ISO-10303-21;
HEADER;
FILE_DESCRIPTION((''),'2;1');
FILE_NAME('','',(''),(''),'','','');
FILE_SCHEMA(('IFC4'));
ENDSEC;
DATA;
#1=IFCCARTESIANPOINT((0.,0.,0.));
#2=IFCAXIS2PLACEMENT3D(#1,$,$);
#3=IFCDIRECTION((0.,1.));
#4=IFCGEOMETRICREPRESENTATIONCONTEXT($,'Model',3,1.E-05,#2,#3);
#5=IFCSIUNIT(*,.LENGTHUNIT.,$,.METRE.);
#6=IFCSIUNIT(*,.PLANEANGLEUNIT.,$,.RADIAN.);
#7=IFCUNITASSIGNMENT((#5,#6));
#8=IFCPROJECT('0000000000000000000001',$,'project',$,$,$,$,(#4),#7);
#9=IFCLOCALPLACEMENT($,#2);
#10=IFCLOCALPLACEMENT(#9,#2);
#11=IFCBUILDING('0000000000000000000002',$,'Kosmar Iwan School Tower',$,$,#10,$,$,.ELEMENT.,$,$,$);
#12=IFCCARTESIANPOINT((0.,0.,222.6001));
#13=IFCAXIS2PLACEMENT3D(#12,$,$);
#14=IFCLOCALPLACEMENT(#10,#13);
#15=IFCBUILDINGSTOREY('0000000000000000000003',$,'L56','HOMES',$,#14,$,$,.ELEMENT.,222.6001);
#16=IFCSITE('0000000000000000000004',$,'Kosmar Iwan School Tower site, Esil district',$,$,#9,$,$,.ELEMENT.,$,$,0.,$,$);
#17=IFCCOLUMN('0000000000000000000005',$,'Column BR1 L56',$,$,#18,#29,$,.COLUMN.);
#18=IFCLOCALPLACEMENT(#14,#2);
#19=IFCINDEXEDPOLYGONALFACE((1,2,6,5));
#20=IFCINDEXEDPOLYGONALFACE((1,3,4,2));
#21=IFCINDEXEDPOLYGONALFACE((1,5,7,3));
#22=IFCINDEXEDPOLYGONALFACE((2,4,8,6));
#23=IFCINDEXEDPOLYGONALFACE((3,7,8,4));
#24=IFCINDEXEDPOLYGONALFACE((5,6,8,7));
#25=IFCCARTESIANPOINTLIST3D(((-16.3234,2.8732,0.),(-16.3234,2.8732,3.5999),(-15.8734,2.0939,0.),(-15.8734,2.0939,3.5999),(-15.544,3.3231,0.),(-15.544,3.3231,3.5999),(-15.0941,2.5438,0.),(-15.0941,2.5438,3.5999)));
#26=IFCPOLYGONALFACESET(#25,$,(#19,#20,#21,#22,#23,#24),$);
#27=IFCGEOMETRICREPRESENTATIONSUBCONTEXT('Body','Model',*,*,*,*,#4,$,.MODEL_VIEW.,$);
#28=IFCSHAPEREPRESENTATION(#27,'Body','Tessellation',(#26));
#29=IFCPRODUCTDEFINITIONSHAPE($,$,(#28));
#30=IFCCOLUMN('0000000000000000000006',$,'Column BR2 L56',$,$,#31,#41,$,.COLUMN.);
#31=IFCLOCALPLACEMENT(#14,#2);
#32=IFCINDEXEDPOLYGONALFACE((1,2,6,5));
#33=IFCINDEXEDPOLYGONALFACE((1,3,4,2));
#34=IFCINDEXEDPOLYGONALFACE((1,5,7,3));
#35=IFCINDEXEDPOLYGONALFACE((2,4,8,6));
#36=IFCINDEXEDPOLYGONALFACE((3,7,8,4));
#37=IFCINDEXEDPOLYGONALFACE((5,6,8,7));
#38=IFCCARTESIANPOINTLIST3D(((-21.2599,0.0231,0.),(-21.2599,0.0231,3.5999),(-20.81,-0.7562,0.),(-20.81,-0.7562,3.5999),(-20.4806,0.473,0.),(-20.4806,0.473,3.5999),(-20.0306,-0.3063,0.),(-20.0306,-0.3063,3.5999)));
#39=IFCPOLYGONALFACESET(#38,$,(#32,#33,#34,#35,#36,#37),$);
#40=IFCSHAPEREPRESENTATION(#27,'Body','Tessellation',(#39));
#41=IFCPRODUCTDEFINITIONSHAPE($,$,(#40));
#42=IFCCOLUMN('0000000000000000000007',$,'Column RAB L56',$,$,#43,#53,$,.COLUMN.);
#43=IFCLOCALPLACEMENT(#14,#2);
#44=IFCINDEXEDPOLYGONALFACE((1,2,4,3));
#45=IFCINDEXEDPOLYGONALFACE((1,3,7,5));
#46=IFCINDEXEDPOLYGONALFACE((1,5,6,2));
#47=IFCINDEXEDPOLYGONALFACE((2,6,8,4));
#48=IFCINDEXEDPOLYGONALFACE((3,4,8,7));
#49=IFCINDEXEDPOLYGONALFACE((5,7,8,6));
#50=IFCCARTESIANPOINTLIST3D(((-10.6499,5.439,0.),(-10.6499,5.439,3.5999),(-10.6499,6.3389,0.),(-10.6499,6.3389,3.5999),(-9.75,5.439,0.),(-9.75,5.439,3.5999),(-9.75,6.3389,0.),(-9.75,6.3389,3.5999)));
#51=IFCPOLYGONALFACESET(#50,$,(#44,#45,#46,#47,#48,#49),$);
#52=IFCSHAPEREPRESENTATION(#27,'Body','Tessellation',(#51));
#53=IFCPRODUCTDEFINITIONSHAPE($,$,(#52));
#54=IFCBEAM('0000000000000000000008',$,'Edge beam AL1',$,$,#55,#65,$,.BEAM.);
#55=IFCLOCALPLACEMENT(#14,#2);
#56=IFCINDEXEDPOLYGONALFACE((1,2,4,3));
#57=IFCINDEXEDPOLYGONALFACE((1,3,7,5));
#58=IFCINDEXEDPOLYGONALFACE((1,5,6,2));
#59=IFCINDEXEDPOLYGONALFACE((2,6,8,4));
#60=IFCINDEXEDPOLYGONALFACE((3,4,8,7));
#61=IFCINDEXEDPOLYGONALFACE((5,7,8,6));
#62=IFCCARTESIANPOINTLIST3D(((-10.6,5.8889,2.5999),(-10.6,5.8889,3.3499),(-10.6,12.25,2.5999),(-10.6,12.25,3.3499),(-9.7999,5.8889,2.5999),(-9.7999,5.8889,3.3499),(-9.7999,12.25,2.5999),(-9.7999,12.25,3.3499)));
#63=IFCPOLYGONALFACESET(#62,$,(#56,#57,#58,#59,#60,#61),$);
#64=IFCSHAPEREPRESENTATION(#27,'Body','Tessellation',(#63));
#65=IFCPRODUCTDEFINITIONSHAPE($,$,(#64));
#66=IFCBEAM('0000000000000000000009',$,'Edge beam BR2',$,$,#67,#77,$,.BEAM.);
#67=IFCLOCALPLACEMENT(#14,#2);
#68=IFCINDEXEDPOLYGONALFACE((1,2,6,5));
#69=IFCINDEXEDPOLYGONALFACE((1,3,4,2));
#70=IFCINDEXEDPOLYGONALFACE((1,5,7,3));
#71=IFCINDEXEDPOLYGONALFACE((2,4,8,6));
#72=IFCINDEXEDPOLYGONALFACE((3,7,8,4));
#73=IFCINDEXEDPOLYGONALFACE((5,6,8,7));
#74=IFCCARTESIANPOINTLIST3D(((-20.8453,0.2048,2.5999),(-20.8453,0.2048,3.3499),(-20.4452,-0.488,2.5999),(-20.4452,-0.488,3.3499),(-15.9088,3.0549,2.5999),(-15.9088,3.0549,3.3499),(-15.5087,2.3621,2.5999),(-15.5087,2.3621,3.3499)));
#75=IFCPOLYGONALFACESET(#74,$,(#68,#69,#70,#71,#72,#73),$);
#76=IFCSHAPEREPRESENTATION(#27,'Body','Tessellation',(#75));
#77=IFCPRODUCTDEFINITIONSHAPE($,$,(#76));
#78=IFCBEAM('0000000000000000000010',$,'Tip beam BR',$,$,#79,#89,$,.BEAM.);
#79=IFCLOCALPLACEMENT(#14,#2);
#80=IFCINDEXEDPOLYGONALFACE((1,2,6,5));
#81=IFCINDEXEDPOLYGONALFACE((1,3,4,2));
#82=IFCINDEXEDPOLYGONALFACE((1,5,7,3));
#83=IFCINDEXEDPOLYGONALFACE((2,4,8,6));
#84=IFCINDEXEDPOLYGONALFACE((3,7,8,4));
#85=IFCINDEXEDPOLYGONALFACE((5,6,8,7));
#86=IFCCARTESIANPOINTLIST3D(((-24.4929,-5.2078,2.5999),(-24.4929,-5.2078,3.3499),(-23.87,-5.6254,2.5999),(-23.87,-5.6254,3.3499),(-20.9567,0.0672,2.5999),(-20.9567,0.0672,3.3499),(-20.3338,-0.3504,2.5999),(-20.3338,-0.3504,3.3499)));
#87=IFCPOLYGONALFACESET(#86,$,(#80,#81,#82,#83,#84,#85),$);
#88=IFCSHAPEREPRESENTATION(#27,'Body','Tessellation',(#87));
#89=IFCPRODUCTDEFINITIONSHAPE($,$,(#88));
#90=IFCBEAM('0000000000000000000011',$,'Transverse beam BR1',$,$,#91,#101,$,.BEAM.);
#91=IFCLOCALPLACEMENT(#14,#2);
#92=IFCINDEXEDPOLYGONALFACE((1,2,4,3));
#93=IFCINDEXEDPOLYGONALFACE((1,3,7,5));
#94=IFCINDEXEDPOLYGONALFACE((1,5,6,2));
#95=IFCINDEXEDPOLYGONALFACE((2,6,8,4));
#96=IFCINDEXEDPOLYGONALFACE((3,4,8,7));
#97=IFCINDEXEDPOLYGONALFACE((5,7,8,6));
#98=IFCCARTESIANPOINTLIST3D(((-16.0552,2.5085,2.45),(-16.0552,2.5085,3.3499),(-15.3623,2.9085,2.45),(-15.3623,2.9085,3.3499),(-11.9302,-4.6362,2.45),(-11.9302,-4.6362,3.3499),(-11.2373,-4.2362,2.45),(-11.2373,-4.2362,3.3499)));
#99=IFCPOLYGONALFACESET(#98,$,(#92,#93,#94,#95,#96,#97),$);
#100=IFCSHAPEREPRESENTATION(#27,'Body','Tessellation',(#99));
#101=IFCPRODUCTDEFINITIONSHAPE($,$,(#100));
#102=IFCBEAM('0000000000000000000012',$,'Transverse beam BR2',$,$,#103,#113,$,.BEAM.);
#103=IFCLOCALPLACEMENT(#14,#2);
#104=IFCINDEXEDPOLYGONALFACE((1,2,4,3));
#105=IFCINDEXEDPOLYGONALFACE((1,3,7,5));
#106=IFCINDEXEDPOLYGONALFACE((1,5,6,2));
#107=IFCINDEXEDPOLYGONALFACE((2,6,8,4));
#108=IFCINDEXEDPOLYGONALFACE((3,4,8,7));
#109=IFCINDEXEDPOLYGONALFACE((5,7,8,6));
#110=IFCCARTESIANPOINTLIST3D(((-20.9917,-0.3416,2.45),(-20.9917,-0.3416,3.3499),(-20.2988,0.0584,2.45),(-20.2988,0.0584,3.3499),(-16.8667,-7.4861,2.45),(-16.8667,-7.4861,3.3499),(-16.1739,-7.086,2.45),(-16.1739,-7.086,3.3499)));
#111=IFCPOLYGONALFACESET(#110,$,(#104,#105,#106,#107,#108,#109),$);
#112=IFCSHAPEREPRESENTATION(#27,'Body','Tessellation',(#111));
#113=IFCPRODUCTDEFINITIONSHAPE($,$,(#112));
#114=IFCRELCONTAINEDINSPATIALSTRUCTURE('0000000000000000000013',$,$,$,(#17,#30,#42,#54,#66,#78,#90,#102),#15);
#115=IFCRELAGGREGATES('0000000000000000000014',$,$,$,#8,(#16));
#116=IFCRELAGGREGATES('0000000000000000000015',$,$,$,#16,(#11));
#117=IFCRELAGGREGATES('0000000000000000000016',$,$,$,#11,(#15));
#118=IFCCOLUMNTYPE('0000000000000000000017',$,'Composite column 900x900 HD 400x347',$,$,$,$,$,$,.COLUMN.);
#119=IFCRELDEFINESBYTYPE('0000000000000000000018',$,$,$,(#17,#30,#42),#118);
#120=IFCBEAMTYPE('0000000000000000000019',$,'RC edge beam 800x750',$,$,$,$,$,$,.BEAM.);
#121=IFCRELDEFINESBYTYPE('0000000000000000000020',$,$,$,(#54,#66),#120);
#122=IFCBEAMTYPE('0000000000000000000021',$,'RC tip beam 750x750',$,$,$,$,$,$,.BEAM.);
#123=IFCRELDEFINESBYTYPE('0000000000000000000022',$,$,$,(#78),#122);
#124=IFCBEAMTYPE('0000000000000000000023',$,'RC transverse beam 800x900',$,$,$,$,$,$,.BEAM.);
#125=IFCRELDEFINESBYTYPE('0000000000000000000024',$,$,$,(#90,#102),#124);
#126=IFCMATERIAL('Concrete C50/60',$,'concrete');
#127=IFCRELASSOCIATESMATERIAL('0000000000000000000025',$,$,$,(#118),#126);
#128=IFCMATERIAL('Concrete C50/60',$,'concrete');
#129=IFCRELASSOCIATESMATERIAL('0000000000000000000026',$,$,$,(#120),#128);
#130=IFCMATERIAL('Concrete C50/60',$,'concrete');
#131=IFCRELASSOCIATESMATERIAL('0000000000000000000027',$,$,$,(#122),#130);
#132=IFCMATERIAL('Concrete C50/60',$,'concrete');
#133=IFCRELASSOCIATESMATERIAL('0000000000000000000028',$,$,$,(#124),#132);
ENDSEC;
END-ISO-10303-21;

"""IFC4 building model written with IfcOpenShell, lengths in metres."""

from ifc_helpers import new_model, si_unit, direction, frame, origin, origin_2d, place, context, subcontext, project, spatial, rectangle, extrude, material, material_profile, profile_set, type_object, element, save


model = new_model("IFC4")

# Units and contexts
model_context = context("Model", 3, precision=1e-05, world=origin(), true_north=direction((0.0, 1.0)))
body_context = subcontext(model_context, "Body", "Model", "MODEL_VIEW")
ifc_project = project(units=[si_unit("LENGTHUNIT", "METRE"), si_unit("PLANEANGLEUNIT", "RADIAN")], contexts=[model_context])

# Site, building, storey
site_placement = place(None, origin())
site = spatial("IfcSite", under=ifc_project, at=site_placement, Name="Kosmar Iwan School Tower site, Esil district", CompositionType="ELEMENT", RefElevation=0.0)
building_placement = place(site_placement, origin())
building = spatial("IfcBuilding", under=site, at=building_placement, Name="Kosmar Iwan School Tower", CompositionType="ELEMENT")
storey_placement = place(building_placement, frame((0.0, 0.0, 222.6001)))
storey = spatial("IfcBuildingStorey", under=building, at=storey_placement, Name="L56", Description="HOMES", CompositionType="ELEMENT", Elevation=222.6001)

# Columns
ifc_material_1 = material(Name="Concrete C50/60", Category="concrete")
ifc_material_profile_1 = material_profile(ifc_material_1, rectangle(XDim=0.8999, YDim=0.8999, at=origin_2d()), Name="RC 900x900 + HD 400x347")
ifc_profile_set_1 = profile_set([ifc_material_profile_1], Name="Concrete C50/60")
column_type = type_object("IfcColumnType", Name="Composite column 900x900 HD 400x347", PredefinedType="COLUMN", material=ifc_profile_set_1)
for number, where, z_axis, x_axis, name in (
    (1, (-15.7087, 2.7085, 0.0), (0.0, 0.0, 1.0), (-0.866025, -0.5, 0.0), "Column BR1 L56"),
    (2, (-20.6453, -0.1416, 0.0), (0.0, 0.0, 1.0), (-0.866025, -0.5, 0.0), "Column BR2 L56"),
    (3, (-10.2, 5.8889, 0.0), (0.0, 0.0, 1.0), (1.0, 0.0, 0.0), "Column RAB L56"),
):
    element("IfcColumn", number, at=place(storey_placement, frame(where, z_axis=z_axis, x_axis=x_axis)), inside=storey, type_object=column_type, Name=name, PredefinedType="COLUMN", context=body_context, shape_type="SweptSolid", body=[
        extrude(rectangle(XDim=0.8999, YDim=0.8999, at=origin_2d()), origin(), (0.0, 0.0, 1.0), 3.5999),
    ])

# Beams
ifc_material_2 = material(Name="Concrete C50/60", Category="concrete")
ifc_material_profile_2 = material_profile(ifc_material_2, rectangle(XDim=0.8, YDim=0.75, at=origin_2d()), Name="RC 800x750")
ifc_profile_set_2 = profile_set([ifc_material_profile_2], Name="Concrete C50/60")
beam_type_1 = type_object("IfcBeamType", Name="RC edge beam 800x750", PredefinedType="BEAM", material=ifc_profile_set_2)
beam_1_placement = place(storey_placement, frame((-10.2, 5.8889, 2.9749), z_axis=(0.0, 1.0, 0.0), x_axis=(-1.0, 0.0, 0.0)))
element("IfcBeam", 4, at=beam_1_placement, inside=storey, type_object=beam_type_1, Name="Edge beam AL1", PredefinedType="BEAM", context=body_context, shape_type="SweptSolid", body=[
    extrude(rectangle(XDim=0.8, YDim=0.75, at=origin_2d()), origin(), (0.0, 0.0, 1.0), 6.3611),
])
beam_2_placement = place(storey_placement, frame((-15.7087, 2.7085, 2.9749), z_axis=(-0.866026, -0.499999, 0.0), x_axis=(0.499999, -0.866026, 0.0)))
element("IfcBeam", 5, at=beam_2_placement, inside=storey, type_object=beam_type_1, Name="Edge beam BR2", PredefinedType="BEAM", context=body_context, shape_type="SweptSolid", body=[
    extrude(rectangle(XDim=0.8, YDim=0.75, at=origin_2d()), origin(), (0.0, 0.0, 1.0), 5.7002),
])
ifc_material_3 = material(Name="Concrete C50/60", Category="concrete")
ifc_material_profile_3 = material_profile(ifc_material_3, rectangle(XDim=0.75, YDim=0.75, at=origin_2d()), Name="RC 750x750")
ifc_profile_set_3 = profile_set([ifc_material_profile_3], Name="Concrete C50/60")
beam_type_2 = type_object("IfcBeamType", Name="RC tip beam 750x750", PredefinedType="BEAM", material=ifc_profile_set_3)
beam_3_placement = place(storey_placement, frame((-20.6453, -0.1416, 2.9749), z_axis=(-0.556828, -0.830628, 0.0), x_axis=(0.830628, -0.556828, 0.0)))
element("IfcBeam", 6, at=beam_3_placement, inside=storey, type_object=beam_type_2, Name="Tip beam BR", PredefinedType="BEAM", context=body_context, shape_type="SweptSolid", body=[
    extrude(rectangle(XDim=0.75, YDim=0.75, at=origin_2d()), origin(), (0.0, 0.0, 1.0), 6.3506),
])
ifc_material_4 = material(Name="Concrete C50/60", Category="concrete")
ifc_material_profile_4 = material_profile(ifc_material_4, rectangle(XDim=0.8, YDim=0.8999, at=origin_2d()), Name="RC 800x900")
ifc_profile_set_4 = profile_set([ifc_material_profile_4], Name="Concrete C50/60")
beam_type_3 = type_object("IfcBeamType", Name="RC transverse beam 800x900", PredefinedType="BEAM", material=ifc_profile_set_4)
beam_4_placement = place(storey_placement, frame((-15.7087, 2.7085, 2.8999), z_axis=(0.499997, -0.866027, 0.0), x_axis=(0.866027, 0.499997, 0.0)))
element("IfcBeam", 7, at=beam_4_placement, inside=storey, type_object=beam_type_3, Name="Transverse beam BR1", PredefinedType="BEAM", context=body_context, shape_type="SweptSolid", body=[
    extrude(rectangle(XDim=0.8, YDim=0.8999, at=origin_2d()), origin(), (0.0, 0.0, 1.0), 8.25),
])
beam_5_placement = place(storey_placement, frame((-20.6453, -0.1416, 2.8999), z_axis=(0.500009, -0.86602, 0.0), x_axis=(0.86602, 0.500009, 0.0)))
element("IfcBeam", 8, at=beam_5_placement, inside=storey, type_object=beam_type_3, Name="Transverse beam BR2", PredefinedType="BEAM", context=body_context, shape_type="SweptSolid", body=[
    extrude(rectangle(XDim=0.8, YDim=0.8999, at=origin_2d()), origin(), (0.0, 0.0, 1.0), 8.2498),
])

save(model, "model.ifc")
